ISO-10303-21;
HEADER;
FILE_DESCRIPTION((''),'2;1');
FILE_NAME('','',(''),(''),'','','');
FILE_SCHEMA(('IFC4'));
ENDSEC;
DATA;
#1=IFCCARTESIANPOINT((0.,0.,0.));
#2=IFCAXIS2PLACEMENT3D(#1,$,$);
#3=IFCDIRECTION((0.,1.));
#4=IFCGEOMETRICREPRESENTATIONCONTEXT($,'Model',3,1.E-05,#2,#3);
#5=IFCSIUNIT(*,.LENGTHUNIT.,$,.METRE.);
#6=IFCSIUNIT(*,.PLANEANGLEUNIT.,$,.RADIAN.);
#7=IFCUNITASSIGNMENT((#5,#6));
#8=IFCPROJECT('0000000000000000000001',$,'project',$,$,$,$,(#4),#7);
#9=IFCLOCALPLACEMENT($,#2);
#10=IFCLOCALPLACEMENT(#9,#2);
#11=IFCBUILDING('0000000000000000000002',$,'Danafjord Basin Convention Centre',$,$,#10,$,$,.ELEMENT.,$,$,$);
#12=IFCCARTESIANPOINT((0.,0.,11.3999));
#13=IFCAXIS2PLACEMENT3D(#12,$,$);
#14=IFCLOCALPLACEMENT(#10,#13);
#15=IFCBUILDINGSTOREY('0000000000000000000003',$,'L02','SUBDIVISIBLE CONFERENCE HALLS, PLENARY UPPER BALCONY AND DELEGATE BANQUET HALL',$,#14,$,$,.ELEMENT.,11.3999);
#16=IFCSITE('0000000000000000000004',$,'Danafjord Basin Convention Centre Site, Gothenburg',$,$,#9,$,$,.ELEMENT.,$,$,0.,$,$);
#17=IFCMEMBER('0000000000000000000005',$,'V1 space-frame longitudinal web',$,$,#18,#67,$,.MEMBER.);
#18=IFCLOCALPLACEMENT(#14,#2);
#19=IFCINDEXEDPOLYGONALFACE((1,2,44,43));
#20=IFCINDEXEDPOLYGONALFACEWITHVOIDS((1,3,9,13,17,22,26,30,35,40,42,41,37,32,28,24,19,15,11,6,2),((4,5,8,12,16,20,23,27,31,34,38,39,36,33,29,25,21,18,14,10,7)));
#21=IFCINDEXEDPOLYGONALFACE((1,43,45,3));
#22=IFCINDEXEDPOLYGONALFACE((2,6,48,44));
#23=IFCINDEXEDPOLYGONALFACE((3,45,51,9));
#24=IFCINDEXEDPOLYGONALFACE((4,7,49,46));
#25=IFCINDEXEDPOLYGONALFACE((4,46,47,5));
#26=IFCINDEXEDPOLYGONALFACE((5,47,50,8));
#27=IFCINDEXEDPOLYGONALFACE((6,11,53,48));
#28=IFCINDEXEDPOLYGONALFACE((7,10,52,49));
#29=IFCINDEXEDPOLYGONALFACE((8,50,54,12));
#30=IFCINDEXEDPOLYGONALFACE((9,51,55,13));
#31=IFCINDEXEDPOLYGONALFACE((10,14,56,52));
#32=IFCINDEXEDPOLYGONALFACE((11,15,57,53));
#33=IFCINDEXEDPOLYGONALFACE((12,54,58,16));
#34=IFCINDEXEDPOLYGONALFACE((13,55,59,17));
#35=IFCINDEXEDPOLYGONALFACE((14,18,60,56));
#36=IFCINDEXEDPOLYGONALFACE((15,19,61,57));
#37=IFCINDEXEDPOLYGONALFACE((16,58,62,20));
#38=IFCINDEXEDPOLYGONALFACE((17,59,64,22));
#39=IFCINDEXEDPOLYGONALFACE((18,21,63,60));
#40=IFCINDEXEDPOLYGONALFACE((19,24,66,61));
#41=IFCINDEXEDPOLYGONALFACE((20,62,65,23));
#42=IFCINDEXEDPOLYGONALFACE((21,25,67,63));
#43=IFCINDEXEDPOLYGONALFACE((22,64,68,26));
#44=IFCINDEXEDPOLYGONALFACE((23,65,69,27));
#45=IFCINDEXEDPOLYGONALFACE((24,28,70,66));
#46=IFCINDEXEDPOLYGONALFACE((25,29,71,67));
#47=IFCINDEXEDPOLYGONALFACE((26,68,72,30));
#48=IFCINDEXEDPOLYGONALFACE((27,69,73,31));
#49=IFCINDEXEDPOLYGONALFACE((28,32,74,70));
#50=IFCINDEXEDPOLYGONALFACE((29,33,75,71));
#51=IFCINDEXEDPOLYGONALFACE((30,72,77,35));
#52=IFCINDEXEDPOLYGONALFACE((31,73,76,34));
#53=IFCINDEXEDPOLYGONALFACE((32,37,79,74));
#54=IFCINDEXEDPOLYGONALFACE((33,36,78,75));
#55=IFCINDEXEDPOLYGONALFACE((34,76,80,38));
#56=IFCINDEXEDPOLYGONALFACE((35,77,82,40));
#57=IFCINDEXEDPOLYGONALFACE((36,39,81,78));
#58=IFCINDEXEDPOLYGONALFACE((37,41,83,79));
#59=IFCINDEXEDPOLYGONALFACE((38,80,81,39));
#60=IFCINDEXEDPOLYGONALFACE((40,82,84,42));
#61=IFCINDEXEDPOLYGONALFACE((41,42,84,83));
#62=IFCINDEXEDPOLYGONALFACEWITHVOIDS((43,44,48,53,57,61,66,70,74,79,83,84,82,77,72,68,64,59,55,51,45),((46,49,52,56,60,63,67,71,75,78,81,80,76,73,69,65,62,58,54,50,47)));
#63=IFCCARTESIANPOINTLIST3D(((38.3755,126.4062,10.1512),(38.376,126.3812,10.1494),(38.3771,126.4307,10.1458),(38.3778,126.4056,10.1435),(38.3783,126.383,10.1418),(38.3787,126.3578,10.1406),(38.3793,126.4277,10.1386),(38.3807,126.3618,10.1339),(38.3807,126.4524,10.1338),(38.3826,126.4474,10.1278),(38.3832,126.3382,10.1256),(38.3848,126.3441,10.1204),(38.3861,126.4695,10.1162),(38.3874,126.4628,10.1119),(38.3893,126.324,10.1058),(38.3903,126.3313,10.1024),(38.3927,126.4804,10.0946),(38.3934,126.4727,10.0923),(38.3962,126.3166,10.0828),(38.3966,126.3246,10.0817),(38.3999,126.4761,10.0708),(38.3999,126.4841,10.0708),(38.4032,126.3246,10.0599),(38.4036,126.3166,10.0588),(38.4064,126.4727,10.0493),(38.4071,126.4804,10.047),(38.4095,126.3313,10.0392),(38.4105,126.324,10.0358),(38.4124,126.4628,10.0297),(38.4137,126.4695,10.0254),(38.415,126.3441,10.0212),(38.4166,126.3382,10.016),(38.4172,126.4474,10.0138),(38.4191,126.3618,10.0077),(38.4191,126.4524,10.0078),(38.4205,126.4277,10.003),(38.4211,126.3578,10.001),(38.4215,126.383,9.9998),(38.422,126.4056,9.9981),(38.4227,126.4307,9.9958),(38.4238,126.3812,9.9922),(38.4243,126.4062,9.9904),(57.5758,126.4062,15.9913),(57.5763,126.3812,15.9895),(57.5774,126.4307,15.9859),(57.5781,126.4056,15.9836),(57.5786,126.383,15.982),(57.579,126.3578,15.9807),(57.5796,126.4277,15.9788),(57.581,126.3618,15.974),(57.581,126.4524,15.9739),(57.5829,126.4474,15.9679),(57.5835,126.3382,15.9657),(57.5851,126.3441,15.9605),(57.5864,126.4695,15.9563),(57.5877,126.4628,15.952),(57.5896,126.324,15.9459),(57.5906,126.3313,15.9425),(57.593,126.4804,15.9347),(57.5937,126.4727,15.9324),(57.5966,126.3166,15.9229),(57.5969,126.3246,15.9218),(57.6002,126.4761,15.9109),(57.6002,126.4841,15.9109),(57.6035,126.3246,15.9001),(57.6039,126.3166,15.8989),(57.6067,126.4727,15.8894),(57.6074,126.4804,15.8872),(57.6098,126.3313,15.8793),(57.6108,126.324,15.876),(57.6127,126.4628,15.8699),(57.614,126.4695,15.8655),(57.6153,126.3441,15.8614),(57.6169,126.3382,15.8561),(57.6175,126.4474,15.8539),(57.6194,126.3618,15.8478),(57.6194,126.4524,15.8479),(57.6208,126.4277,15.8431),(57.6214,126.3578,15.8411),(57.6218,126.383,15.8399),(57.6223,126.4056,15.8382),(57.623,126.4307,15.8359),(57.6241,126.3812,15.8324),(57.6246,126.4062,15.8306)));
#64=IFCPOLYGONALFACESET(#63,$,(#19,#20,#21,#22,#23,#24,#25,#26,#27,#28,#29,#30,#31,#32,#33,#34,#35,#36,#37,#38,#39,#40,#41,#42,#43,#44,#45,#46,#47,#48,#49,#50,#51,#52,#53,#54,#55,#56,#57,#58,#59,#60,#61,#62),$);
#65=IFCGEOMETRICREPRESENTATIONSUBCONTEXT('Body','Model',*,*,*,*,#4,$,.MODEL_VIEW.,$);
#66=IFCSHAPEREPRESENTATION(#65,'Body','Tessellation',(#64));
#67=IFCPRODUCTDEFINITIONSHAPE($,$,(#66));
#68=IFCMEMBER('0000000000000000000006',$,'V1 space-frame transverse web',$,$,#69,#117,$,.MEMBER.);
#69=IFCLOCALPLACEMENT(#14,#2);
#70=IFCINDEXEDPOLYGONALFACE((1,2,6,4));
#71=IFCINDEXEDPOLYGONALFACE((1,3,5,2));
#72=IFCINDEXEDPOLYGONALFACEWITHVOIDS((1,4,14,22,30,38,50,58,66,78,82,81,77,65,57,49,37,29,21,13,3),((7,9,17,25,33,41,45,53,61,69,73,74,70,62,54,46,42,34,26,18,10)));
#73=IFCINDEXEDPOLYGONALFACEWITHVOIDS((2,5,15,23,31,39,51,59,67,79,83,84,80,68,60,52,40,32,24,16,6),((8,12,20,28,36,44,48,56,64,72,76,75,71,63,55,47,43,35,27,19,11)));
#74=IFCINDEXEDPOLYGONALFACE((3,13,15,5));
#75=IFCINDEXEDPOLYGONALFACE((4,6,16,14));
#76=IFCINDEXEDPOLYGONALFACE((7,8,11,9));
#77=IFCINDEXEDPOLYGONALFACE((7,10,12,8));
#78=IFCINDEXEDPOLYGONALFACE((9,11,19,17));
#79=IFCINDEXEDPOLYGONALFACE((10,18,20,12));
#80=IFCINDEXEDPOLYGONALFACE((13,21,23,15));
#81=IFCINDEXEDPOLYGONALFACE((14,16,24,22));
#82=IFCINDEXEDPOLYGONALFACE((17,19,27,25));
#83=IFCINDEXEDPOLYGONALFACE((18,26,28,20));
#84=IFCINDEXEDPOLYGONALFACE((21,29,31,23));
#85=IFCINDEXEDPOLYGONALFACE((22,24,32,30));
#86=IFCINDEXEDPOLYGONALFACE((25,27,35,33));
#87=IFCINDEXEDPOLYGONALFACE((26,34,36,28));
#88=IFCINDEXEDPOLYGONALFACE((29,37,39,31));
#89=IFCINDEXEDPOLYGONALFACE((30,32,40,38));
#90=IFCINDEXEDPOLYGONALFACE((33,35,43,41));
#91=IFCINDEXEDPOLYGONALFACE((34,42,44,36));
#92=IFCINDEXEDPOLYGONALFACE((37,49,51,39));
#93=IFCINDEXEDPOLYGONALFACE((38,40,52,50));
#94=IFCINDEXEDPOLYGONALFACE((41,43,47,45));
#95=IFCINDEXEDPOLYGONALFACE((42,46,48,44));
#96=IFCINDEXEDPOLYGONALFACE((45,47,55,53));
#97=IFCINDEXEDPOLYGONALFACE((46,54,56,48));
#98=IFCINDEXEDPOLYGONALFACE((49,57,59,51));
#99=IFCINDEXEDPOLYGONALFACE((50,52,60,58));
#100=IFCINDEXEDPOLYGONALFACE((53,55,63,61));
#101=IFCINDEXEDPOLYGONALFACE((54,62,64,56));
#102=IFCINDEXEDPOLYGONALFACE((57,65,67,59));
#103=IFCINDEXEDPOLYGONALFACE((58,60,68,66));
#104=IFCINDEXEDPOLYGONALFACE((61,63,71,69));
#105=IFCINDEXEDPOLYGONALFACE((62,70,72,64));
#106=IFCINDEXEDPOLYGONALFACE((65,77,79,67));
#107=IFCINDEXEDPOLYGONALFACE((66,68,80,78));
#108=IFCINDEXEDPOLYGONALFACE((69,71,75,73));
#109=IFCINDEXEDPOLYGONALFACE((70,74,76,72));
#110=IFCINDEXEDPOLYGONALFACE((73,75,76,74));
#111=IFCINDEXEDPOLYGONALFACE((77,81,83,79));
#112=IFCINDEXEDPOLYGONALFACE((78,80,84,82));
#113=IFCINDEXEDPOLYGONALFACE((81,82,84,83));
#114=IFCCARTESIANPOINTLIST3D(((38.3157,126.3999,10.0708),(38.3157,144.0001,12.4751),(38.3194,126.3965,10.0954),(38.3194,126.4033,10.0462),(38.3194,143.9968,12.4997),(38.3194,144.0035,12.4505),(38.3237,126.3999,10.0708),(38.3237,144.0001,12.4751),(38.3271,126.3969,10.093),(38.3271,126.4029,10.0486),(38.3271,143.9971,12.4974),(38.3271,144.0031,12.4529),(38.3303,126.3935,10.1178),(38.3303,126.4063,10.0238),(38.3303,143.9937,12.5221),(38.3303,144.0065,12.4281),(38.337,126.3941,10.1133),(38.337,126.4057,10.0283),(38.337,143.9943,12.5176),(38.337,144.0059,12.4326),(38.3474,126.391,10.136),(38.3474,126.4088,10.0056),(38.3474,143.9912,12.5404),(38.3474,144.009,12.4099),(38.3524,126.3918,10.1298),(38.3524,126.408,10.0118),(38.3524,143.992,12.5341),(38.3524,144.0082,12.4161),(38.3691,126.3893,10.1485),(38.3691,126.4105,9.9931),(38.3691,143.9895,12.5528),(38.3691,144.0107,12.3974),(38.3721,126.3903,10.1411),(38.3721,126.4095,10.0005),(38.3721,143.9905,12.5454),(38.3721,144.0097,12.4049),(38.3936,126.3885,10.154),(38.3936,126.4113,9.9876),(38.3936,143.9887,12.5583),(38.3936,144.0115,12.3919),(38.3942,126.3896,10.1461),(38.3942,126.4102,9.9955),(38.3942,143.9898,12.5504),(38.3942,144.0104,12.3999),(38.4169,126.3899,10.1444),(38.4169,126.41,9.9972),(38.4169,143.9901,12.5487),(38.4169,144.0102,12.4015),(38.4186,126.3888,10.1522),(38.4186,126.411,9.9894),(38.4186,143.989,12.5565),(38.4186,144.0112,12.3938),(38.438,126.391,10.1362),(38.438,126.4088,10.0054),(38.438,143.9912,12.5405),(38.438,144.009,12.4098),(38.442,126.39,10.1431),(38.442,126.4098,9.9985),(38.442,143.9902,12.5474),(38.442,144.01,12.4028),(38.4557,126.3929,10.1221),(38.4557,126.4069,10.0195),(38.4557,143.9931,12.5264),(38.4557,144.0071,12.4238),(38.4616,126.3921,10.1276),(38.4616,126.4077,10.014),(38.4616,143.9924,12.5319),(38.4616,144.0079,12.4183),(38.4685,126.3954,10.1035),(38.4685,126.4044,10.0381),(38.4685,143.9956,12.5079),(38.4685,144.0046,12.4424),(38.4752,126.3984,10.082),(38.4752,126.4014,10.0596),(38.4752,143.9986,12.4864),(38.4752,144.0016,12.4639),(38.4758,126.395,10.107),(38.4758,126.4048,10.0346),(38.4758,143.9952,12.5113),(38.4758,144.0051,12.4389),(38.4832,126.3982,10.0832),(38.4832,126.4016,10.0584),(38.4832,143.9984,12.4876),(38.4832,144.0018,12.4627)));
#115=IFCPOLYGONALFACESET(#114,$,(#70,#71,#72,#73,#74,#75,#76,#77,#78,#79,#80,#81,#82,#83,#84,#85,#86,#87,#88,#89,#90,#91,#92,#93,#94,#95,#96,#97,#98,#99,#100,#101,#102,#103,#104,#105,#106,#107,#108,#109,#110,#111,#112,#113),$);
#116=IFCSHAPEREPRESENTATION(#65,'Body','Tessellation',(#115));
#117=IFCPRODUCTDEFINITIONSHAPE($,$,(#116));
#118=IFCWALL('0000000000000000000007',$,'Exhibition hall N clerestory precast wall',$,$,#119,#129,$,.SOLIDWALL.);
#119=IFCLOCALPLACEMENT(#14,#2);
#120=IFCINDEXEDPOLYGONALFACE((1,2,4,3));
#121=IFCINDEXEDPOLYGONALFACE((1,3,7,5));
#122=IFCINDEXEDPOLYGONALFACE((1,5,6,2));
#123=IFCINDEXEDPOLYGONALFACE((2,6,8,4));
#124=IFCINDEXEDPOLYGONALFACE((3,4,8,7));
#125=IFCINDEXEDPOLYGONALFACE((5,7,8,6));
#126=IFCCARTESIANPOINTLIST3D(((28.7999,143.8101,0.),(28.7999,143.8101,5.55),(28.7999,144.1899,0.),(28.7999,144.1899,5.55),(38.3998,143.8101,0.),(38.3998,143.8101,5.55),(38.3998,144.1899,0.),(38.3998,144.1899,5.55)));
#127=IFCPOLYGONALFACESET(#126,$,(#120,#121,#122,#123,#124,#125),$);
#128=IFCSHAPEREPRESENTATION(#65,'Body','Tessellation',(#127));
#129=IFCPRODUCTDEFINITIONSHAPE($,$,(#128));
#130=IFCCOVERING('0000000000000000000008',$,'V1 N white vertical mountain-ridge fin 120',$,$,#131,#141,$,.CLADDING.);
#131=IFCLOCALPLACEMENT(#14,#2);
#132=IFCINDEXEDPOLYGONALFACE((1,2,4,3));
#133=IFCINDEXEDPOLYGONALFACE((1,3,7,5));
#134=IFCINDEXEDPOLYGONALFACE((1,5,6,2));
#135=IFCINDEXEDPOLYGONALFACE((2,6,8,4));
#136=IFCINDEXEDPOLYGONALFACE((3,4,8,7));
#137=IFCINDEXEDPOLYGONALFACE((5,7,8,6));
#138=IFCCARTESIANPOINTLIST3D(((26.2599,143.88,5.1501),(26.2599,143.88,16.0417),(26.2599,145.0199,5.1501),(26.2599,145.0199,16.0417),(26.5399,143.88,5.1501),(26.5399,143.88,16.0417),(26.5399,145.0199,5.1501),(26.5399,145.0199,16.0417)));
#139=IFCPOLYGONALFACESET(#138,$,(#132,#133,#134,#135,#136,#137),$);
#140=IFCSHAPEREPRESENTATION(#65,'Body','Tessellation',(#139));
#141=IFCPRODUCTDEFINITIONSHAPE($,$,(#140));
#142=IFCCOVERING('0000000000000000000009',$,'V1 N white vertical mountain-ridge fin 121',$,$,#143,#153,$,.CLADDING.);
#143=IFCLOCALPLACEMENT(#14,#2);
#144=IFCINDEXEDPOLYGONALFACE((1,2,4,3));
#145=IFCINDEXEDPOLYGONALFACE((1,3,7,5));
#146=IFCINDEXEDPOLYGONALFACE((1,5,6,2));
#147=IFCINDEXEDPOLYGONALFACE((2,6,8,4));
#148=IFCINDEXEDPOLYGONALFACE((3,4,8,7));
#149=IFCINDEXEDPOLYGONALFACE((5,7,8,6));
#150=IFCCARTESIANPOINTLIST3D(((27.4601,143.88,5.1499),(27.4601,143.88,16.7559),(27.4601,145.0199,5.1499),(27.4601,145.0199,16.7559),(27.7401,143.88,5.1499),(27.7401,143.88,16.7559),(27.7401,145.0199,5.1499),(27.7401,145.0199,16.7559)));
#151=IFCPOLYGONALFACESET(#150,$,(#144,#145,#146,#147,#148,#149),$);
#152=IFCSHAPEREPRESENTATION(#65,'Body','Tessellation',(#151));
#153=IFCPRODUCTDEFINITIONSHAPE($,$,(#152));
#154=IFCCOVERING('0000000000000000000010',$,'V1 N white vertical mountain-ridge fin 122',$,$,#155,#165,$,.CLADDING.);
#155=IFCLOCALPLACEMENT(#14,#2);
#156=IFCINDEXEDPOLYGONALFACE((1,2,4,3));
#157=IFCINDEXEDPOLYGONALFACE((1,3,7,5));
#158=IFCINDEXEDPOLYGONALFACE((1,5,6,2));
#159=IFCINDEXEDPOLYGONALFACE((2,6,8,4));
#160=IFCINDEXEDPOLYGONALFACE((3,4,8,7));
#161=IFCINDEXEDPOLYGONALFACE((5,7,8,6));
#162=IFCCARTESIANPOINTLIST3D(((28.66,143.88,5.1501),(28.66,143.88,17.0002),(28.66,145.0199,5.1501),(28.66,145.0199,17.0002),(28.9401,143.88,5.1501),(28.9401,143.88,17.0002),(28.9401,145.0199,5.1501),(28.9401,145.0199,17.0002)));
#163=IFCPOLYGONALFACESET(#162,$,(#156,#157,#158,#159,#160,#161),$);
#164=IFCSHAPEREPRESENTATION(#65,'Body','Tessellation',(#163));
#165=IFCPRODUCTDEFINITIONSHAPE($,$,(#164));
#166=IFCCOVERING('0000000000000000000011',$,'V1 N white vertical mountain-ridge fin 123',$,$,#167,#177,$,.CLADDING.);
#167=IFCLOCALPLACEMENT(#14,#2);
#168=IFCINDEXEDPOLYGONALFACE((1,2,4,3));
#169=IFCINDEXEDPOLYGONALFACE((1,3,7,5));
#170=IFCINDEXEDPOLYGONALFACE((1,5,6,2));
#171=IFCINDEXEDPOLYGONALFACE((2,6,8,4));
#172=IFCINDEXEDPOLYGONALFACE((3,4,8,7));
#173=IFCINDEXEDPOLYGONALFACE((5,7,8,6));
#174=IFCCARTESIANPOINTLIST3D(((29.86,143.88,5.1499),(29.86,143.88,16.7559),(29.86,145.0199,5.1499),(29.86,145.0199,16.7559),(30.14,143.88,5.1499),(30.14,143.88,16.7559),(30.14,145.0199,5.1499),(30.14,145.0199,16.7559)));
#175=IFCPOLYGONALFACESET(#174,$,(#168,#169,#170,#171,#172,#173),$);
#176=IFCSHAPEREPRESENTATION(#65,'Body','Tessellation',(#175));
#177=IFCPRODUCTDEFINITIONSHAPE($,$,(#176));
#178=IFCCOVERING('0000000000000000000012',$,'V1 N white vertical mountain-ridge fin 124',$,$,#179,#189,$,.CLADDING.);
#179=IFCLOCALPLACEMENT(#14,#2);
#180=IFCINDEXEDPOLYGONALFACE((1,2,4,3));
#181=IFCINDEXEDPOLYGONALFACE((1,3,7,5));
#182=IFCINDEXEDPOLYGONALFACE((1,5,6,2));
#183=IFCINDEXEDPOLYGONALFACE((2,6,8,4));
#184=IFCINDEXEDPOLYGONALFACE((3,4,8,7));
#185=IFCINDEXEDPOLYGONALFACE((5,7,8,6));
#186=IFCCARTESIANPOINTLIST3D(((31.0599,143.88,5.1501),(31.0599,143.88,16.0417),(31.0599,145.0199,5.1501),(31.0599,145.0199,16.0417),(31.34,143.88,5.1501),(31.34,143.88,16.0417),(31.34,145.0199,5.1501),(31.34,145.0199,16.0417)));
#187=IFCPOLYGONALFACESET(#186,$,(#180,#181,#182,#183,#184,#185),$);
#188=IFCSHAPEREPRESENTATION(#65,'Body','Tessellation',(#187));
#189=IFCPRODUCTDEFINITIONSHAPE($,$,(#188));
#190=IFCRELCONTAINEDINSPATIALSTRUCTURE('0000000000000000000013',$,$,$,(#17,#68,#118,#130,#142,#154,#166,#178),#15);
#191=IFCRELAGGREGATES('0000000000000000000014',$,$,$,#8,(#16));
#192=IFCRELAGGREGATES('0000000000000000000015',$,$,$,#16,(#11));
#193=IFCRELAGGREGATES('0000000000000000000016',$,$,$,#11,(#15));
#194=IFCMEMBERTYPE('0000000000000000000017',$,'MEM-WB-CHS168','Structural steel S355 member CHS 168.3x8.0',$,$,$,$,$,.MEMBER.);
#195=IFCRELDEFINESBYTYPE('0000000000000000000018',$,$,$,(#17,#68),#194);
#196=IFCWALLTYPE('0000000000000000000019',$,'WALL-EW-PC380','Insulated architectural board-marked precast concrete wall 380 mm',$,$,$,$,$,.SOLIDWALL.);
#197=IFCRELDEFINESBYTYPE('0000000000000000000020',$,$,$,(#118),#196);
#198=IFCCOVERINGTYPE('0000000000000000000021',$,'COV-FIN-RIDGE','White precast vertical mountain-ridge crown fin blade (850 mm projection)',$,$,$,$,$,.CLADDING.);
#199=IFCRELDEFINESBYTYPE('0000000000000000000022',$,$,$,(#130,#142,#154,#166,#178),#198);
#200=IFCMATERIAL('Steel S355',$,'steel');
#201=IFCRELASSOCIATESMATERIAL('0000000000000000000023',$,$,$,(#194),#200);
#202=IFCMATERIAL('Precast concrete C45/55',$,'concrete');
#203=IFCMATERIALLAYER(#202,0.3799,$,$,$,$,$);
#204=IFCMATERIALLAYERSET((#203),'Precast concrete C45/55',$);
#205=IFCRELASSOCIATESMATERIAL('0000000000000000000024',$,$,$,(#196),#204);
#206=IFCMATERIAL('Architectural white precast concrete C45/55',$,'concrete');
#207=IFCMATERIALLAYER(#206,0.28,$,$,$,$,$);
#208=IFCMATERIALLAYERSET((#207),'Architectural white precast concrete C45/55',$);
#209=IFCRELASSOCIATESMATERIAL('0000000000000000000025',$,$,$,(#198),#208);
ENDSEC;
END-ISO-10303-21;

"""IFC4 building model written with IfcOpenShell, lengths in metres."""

from ifc_helpers import new_model, si_unit, direction, frame, frame_2d, origin, origin_2d, place, context, subcontext, project, spatial, rectangle, hollow_circle, extrude, material, layer, layer_set, material_profile, profile_set, type_object, element, save


model = new_model("IFC4")

# Units and contexts
model_context = context("Model", 3, precision=1e-05, world=origin(), true_north=direction((0.0, 1.0)))
body_context = subcontext(model_context, "Body", "Model", "MODEL_VIEW")
ifc_project = project(units=[si_unit("LENGTHUNIT", "METRE"), si_unit("PLANEANGLEUNIT", "RADIAN")], contexts=[model_context])

# Site, building, storey
site_placement = place(None, origin())
site = spatial("IfcSite", under=ifc_project, at=site_placement, Name="Danafjord Basin Convention Centre Site, Gothenburg", CompositionType="ELEMENT", RefElevation=0.0)
building_placement = place(site_placement, origin())
building = spatial("IfcBuilding", under=site, at=building_placement, Name="Danafjord Basin Convention Centre", CompositionType="ELEMENT")
storey_placement = place(building_placement, frame((0.0, 0.0, 11.3999)))
storey = spatial("IfcBuildingStorey", under=building, at=storey_placement, Name="L02", Description="SUBDIVISIBLE CONFERENCE HALLS, PLENARY UPPER BALCONY AND DELEGATE BANQUET HALL", CompositionType="ELEMENT", Elevation=11.3999)

# Shared definitions
ifc_material_1 = material(Name="Steel S355", Category="steel")

# Members
ifc_material_profile_1 = material_profile(ifc_material_1, hollow_circle(Radius=0.0842, WallThickness=0.0081, at=origin_2d()), Name="CHS 168.3x8.0")
ifc_profile_set_1 = profile_set([ifc_material_profile_1], Name="Steel S355")
member_type_1 = type_object("IfcMemberType", Name="MEM-WB-CHS168", Description="Structural steel S355 member CHS 168.3x8.0", PredefinedType="MEMBER", material=ifc_profile_set_1)
member_1_placement = place(storey_placement, frame((38.3999, 126.3999, 10.0708), z_axis=(0.956722, 0.0, 0.291004), x_axis=(0.0, 1.0, 0.0)))
element("IfcMember", 1, at=member_1_placement, inside=storey, type_object=member_type_1, Name="V1 space-frame longitudinal web", PredefinedType="MEMBER", context=body_context, shape_type="SweptSolid", body=[
    extrude(hollow_circle(Radius=0.0842, WallThickness=0.0081, at=origin_2d()), origin(), (0.0, 0.0, 1.0), 20.0688),
])
member_2_placement = place(storey_placement, frame((38.3999, 126.3999, 10.0708), z_axis=(0.0, 0.990798, 0.13535), x_axis=(-1.0, 0.0, 0.0)))
element("IfcMember", 2, at=member_2_placement, inside=storey, type_object=member_type_1, Name="V1 space-frame transverse web", PredefinedType="MEMBER", context=body_context, shape_type="SweptSolid", body=[
    extrude(hollow_circle(Radius=0.0842, WallThickness=0.0081, at=origin_2d()), origin(), (0.0, 0.0, 1.0), 17.7637),
])

# Wall
ifc_material_2 = material(Name="Precast concrete C45/55", Category="concrete")
ifc_layer_1 = layer(ifc_material_2, 0.3799)
ifc_layer_set_1 = layer_set([ifc_layer_1], Name="Precast concrete C45/55")
wall_type = type_object("IfcWallType", Name="WALL-EW-PC380", Description="Insulated architectural board-marked precast concrete wall 380 mm", PredefinedType="SOLIDWALL", material=ifc_layer_set_1)
wall_placement = place(storey_placement, frame((28.8, 144.0, 0.0), z_axis=(0.0, 0.0, 1.0), x_axis=(1.0, 0.0, 0.0)))
element("IfcWall", 3, at=wall_placement, inside=storey, type_object=wall_type, Name="Exhibition hall N clerestory precast wall", PredefinedType="SOLIDWALL", context=body_context, shape_type="SweptSolid", body=[
    extrude(rectangle(XDim=9.5999, YDim=0.3799, at=frame_2d((4.7998, 0.0))), origin(), (0.0, 0.0, 1.0), 5.55),
])

# Coverings
ifc_material_3 = material(Name="Architectural white precast concrete C45/55", Category="concrete")
ifc_layer_2 = layer(ifc_material_3, 0.28)
ifc_layer_set_2 = layer_set([ifc_layer_2], Name="Architectural white precast concrete C45/55")
covering_type = type_object("IfcCoveringType", Name="COV-FIN-RIDGE", Description="White precast vertical mountain-ridge crown fin blade (850 mm projection)", PredefinedType="CLADDING", material=ifc_layer_set_2)
covering_1_placement = place(storey_placement, frame((26.3999, 144.45, 5.1501), z_axis=(0.0, 0.0, 1.0), x_axis=(0.0, 1.0, 0.0)))
element("IfcCovering", 4, at=covering_1_placement, inside=storey, type_object=covering_type, Name="V1 N white vertical mountain-ridge fin 120", PredefinedType="CLADDING", context=body_context, shape_type="SweptSolid", body=[
    extrude(rectangle(XDim=1.1399, YDim=0.28, at=origin_2d()), origin(), (0.0, 0.0, 1.0), 10.8916),
])
covering_2_placement = place(storey_placement, frame((27.6001, 144.45, 5.1499), z_axis=(0.0, 0.0, 1.0), x_axis=(0.0, 1.0, 0.0)))
element("IfcCovering", 5, at=covering_2_placement, inside=storey, type_object=covering_type, Name="V1 N white vertical mountain-ridge fin 121", PredefinedType="CLADDING", context=body_context, shape_type="SweptSolid", body=[
    extrude(rectangle(XDim=1.1399, YDim=0.28, at=origin_2d()), origin(), (0.0, 0.0, 1.0), 11.606),
])
covering_3_placement = place(storey_placement, frame((28.8, 144.45, 5.1501), z_axis=(0.0, 0.0, 1.0), x_axis=(0.0, 1.0, 0.0)))
element("IfcCovering", 6, at=covering_3_placement, inside=storey, type_object=covering_type, Name="V1 N white vertical mountain-ridge fin 122", PredefinedType="CLADDING", context=body_context, shape_type="SweptSolid", body=[
    extrude(rectangle(XDim=1.1399, YDim=0.28, at=origin_2d()), origin(), (0.0, 0.0, 1.0), 11.8501),
])
covering_4_placement = place(storey_placement, frame((30.0, 144.45, 5.1499), z_axis=(0.0, 0.0, 1.0), x_axis=(0.0, 1.0, 0.0)))
element("IfcCovering", 7, at=covering_4_placement, inside=storey, type_object=covering_type, Name="V1 N white vertical mountain-ridge fin 123", PredefinedType="CLADDING", context=body_context, shape_type="SweptSolid", body=[
    extrude(rectangle(XDim=1.1399, YDim=0.28, at=origin_2d()), origin(), (0.0, 0.0, 1.0), 11.606),
])
covering_5_placement = place(storey_placement, frame((31.2, 144.45, 5.1501), z_axis=(0.0, 0.0, 1.0), x_axis=(0.0, 1.0, 0.0)))
element("IfcCovering", 8, at=covering_5_placement, inside=storey, type_object=covering_type, Name="V1 N white vertical mountain-ridge fin 124", PredefinedType="CLADDING", context=body_context, shape_type="SweptSolid", body=[
    extrude(rectangle(XDim=1.1399, YDim=0.28, at=origin_2d()), origin(), (0.0, 0.0, 1.0), 10.8916),
])

save(model, "model.ifc")
